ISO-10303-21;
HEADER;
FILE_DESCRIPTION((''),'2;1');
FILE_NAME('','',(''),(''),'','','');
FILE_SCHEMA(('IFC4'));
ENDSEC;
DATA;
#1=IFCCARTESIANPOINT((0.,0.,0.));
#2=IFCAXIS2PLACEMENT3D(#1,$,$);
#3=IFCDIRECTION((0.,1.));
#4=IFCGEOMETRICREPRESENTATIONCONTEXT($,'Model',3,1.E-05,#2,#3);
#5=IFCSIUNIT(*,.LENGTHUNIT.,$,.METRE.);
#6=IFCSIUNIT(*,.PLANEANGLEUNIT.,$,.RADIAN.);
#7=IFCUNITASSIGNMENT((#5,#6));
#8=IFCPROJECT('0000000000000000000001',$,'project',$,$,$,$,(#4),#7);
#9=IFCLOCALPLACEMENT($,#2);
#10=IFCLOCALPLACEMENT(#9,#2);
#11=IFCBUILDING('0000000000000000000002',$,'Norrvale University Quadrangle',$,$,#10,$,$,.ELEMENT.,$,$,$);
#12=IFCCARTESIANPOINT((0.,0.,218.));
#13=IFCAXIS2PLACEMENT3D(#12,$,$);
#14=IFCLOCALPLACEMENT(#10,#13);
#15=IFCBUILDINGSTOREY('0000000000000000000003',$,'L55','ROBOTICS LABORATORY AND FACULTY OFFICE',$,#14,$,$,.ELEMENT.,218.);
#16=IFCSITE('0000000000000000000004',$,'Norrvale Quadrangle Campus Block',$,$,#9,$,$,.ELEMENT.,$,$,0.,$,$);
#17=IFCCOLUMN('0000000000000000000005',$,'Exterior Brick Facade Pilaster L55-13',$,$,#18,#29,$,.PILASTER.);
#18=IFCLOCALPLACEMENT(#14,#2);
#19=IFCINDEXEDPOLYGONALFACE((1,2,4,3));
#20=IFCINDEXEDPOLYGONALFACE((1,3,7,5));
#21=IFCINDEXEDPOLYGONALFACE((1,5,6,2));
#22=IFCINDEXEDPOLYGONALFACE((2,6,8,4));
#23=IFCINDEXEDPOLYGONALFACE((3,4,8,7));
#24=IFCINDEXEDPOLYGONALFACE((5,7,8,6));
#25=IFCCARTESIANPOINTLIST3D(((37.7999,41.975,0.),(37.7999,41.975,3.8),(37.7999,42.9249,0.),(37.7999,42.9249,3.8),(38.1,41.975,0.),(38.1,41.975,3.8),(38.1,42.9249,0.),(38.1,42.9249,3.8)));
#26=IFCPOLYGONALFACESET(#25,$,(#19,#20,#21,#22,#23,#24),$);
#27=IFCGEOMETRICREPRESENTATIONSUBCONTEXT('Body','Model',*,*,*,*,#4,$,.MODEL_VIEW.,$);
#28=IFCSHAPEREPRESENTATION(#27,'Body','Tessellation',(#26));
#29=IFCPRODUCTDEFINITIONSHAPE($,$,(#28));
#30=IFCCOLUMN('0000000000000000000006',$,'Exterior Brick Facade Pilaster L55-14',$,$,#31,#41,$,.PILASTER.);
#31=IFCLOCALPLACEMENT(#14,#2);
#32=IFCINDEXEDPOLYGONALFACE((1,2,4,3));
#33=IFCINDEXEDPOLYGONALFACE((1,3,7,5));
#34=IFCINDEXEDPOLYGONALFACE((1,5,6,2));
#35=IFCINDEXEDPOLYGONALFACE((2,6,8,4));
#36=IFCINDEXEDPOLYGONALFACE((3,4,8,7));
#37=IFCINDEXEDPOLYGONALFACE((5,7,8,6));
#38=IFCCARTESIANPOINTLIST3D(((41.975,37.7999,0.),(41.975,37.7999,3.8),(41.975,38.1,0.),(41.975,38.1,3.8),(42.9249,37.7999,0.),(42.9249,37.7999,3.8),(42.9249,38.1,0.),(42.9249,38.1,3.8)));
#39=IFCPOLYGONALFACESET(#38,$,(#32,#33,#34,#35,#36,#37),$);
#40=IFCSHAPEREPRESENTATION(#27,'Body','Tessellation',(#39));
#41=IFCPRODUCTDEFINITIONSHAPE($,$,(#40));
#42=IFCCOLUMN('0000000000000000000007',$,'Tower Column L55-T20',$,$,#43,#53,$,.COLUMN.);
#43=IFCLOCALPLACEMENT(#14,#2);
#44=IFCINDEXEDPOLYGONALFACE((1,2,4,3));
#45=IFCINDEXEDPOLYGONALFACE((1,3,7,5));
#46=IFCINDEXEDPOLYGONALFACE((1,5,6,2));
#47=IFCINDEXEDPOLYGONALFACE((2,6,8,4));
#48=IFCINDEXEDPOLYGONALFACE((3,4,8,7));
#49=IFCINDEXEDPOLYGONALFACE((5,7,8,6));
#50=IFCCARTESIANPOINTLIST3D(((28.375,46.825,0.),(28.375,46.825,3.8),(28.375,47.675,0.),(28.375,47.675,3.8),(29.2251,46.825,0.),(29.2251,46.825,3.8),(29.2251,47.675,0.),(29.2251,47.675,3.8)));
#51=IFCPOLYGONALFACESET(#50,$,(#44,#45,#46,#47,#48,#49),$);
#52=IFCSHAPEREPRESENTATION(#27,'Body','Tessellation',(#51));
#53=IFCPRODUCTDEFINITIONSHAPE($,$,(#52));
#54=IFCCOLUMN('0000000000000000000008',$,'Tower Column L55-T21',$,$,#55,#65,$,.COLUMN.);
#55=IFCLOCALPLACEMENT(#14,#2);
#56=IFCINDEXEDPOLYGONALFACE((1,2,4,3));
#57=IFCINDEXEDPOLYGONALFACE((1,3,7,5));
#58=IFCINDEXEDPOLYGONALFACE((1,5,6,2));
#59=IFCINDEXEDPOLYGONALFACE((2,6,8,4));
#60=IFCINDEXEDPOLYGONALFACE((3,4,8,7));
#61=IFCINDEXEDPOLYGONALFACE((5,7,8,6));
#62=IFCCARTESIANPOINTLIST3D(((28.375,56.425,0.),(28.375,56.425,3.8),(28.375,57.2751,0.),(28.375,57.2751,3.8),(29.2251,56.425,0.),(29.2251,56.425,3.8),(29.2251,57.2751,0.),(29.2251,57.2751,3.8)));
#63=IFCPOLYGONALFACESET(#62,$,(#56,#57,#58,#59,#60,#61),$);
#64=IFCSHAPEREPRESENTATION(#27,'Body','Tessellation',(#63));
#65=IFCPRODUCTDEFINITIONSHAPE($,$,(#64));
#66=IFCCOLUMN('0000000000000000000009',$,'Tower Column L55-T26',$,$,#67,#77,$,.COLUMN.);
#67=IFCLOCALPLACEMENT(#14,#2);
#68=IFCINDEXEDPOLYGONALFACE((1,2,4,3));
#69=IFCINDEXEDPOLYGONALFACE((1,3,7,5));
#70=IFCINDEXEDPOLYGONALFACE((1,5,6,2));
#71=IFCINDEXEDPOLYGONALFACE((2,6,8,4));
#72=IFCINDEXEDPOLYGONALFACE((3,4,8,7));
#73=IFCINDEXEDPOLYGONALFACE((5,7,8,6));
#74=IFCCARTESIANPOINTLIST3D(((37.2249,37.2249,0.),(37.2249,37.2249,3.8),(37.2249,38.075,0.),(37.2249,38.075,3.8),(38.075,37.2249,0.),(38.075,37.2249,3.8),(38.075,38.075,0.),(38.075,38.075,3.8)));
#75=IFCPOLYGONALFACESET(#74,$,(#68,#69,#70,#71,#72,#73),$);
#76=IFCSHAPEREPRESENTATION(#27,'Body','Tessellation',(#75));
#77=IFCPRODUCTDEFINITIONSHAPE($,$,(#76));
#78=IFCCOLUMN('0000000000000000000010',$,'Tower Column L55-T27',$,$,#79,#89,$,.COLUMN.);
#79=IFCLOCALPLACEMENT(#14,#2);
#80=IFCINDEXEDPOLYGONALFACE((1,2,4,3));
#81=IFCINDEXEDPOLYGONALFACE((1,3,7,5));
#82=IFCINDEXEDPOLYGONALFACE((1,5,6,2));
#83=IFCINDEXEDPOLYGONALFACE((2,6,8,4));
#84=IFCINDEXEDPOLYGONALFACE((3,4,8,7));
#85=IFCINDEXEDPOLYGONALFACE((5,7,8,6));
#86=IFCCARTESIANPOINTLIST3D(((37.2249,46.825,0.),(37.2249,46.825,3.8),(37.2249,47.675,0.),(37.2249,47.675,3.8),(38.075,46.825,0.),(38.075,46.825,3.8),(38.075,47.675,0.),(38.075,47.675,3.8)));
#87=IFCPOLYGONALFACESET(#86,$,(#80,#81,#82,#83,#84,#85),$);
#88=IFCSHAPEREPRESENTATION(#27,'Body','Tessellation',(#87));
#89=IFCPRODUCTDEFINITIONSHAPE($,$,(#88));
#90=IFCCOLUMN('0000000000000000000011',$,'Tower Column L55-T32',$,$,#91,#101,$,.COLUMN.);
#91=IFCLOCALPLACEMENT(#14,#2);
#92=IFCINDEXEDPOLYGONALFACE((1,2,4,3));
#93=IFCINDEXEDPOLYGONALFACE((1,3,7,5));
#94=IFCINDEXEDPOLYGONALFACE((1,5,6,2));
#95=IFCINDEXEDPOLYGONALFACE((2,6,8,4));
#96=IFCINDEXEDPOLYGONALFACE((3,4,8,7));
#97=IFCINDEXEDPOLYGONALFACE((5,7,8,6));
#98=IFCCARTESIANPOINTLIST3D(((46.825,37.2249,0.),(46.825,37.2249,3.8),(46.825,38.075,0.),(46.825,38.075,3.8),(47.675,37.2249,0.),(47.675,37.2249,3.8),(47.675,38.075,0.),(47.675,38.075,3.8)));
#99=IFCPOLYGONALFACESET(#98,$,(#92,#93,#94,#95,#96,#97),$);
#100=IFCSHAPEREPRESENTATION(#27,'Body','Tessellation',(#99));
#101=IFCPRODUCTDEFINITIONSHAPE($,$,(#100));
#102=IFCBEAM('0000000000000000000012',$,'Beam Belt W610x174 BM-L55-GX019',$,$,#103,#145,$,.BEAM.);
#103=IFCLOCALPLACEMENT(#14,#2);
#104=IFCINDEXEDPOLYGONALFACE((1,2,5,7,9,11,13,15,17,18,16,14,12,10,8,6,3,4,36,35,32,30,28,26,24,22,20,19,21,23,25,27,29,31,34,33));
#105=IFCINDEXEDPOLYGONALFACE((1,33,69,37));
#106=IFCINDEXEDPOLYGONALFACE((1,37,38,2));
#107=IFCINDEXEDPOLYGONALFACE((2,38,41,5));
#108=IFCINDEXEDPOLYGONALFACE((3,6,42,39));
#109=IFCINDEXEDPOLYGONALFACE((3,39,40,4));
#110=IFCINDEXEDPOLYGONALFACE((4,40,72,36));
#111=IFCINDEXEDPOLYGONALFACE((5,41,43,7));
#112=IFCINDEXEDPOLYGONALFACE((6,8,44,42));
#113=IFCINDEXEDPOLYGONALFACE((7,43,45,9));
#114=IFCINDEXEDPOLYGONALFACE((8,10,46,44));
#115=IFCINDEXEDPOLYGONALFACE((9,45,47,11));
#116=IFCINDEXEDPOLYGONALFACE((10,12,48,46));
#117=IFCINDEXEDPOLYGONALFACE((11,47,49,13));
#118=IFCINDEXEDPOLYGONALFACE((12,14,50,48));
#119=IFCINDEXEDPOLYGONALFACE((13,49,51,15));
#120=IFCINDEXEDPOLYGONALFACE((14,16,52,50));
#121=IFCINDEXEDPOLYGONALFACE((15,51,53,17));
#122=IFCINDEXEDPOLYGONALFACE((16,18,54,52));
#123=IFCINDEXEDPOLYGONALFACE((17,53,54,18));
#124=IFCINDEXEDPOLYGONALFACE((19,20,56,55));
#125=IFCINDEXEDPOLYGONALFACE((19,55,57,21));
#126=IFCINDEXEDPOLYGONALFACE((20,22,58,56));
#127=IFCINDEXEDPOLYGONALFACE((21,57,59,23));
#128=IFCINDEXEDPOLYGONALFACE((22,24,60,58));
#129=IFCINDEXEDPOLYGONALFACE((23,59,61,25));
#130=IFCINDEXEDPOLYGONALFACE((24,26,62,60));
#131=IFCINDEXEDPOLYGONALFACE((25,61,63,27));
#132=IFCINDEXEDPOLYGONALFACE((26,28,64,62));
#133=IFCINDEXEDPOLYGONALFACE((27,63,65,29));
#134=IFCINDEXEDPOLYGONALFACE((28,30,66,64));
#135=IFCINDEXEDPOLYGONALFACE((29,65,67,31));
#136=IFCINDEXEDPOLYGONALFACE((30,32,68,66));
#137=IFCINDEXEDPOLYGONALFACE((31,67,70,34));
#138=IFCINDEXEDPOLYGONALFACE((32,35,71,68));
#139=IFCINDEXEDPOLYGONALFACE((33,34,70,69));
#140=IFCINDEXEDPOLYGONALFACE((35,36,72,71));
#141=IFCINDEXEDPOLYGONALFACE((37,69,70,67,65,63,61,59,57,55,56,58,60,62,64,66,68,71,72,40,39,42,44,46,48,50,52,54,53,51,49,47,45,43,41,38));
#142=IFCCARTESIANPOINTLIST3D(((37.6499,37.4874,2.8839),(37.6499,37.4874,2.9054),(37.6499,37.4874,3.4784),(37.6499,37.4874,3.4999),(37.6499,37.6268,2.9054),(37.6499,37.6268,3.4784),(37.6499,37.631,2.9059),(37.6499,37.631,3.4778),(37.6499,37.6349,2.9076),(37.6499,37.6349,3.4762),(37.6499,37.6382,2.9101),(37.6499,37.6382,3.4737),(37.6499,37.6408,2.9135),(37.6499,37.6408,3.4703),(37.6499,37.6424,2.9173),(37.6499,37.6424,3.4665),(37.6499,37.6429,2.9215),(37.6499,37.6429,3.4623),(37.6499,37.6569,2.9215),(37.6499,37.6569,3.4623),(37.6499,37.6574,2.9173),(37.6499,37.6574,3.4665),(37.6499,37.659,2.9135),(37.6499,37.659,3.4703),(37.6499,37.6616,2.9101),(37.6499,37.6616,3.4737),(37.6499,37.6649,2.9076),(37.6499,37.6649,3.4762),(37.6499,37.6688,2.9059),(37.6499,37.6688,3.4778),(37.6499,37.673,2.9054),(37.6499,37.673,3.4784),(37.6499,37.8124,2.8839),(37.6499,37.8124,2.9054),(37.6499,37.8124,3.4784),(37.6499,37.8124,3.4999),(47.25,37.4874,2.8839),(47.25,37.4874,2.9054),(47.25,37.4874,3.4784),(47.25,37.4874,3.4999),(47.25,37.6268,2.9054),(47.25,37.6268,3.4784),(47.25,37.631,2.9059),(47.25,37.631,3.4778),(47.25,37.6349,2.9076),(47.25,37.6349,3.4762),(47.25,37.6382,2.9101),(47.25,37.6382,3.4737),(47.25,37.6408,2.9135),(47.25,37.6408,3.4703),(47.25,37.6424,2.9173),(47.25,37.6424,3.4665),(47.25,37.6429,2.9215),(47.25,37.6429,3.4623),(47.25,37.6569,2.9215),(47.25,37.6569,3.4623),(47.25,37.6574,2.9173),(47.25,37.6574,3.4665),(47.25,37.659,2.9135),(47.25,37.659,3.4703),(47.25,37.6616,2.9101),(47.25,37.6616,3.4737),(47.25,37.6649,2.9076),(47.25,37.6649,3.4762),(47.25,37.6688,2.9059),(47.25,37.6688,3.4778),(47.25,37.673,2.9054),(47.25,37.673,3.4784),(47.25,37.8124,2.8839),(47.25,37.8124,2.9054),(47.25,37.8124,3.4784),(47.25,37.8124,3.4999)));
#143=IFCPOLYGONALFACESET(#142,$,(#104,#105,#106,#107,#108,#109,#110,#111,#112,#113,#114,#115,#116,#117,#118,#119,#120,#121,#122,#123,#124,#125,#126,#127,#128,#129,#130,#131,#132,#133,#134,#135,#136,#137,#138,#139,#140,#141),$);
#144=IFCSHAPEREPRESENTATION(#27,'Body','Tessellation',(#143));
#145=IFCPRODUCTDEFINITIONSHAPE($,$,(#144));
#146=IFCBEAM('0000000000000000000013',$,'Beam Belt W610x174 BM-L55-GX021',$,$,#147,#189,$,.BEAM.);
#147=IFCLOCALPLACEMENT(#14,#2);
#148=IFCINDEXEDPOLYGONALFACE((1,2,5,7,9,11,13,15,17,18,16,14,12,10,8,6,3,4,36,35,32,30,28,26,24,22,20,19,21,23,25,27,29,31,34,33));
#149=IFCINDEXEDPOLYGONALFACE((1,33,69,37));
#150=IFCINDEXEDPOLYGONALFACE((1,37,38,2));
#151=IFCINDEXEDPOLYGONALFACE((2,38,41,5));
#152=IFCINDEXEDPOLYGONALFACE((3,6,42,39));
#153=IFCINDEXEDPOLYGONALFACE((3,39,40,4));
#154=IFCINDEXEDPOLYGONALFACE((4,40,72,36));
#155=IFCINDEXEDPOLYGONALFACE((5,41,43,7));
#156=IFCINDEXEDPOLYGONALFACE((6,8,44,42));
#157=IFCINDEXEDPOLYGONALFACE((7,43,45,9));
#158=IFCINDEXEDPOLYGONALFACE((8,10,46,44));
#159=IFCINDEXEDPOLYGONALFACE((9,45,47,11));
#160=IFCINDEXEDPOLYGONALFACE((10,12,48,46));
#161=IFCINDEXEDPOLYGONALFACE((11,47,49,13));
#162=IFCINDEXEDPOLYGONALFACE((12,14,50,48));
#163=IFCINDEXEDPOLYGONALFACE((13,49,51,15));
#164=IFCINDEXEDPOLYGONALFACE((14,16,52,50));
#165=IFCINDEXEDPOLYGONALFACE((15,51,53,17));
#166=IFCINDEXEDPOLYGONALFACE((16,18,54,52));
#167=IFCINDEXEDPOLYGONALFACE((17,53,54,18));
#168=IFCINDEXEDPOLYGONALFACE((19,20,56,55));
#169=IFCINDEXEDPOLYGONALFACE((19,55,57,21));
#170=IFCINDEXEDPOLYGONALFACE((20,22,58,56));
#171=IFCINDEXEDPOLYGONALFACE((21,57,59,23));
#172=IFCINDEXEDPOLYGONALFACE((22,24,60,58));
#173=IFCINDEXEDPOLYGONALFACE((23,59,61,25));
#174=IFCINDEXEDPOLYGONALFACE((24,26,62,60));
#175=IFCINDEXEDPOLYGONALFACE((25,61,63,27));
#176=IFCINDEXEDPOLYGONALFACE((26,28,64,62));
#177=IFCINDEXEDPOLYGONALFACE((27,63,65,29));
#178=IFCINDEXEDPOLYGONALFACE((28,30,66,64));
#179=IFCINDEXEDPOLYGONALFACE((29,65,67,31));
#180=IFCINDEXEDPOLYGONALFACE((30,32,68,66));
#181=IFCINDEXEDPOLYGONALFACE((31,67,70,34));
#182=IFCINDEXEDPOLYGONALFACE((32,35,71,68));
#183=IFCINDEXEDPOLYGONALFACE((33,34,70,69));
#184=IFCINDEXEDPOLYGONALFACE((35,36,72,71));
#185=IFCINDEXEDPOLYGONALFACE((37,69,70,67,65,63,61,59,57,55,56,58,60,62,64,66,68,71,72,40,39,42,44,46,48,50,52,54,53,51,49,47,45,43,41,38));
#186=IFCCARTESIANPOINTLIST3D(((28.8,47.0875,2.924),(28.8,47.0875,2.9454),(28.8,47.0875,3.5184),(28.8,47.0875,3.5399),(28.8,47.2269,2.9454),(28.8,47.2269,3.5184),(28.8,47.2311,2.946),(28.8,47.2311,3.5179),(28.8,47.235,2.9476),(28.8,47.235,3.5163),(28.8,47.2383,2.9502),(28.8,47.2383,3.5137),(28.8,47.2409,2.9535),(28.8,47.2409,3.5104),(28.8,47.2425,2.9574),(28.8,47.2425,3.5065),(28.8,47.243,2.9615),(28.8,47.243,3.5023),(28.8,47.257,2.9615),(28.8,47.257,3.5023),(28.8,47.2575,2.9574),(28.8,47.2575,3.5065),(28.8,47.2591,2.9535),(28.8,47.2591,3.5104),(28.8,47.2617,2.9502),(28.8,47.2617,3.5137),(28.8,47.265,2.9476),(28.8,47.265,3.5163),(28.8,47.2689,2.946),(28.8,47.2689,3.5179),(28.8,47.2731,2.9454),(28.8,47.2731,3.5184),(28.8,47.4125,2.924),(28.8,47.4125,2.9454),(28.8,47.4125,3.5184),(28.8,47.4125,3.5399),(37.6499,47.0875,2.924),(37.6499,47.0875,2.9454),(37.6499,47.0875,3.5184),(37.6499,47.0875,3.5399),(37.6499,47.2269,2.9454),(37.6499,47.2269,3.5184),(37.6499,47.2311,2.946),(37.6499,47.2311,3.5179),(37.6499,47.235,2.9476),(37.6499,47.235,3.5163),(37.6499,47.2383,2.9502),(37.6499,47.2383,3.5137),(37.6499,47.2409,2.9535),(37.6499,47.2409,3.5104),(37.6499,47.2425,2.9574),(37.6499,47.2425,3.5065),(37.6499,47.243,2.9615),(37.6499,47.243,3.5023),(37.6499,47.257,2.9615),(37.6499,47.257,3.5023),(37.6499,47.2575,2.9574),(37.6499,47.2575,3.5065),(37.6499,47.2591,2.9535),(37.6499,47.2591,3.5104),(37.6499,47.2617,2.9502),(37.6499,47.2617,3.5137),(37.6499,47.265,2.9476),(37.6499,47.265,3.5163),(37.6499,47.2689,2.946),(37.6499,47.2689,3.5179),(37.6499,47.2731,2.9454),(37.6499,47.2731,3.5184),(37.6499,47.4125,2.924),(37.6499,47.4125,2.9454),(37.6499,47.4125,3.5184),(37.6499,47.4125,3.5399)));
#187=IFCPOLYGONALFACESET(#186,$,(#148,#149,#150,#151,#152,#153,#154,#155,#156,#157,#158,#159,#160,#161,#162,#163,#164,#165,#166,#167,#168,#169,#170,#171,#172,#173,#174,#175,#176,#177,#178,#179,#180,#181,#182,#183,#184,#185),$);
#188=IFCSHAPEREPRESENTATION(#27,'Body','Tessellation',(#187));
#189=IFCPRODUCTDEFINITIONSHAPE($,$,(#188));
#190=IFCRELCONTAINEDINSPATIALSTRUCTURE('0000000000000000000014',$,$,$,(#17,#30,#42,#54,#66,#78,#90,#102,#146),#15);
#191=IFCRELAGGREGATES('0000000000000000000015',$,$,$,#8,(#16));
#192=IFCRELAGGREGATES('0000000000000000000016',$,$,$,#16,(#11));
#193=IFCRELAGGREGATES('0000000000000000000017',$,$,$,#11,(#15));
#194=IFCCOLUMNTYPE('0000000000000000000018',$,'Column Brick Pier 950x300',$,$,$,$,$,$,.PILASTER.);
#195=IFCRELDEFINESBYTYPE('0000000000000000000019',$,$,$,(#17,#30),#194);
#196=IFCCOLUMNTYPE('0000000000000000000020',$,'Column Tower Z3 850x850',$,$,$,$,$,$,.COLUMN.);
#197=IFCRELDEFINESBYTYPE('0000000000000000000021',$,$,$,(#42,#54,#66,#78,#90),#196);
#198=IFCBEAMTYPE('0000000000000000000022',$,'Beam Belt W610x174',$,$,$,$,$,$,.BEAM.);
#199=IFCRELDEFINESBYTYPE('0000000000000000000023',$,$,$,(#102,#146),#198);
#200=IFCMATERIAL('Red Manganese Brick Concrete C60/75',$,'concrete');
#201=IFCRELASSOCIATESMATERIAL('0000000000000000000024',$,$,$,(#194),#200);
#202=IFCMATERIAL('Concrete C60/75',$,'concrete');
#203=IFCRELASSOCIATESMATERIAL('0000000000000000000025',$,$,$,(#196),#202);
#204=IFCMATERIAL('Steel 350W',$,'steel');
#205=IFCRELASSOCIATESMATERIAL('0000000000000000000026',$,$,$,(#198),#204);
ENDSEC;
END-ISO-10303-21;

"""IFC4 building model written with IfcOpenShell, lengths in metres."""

from ifc_helpers import new_model, si_unit, direction, frame, origin, origin_2d, place, context, subcontext, project, spatial, rectangle, i_section, extrude, material, material_profile, profile_set, type_object, element, save


model = new_model("IFC4")

# Units and contexts
model_context = context("Model", 3, precision=1e-05, world=origin(), true_north=direction((0.0, 1.0)))
body_context = subcontext(model_context, "Body", "Model", "MODEL_VIEW")
ifc_project = project(units=[si_unit("LENGTHUNIT", "METRE"), si_unit("PLANEANGLEUNIT", "RADIAN")], contexts=[model_context])

# Site, building, storey
site_placement = place(None, origin())
site = spatial("IfcSite", under=ifc_project, at=site_placement, Name="Norrvale Quadrangle Campus Block", CompositionType="ELEMENT", RefElevation=0.0)
building_placement = place(site_placement, origin())
building = spatial("IfcBuilding", under=site, at=building_placement, Name="Norrvale University Quadrangle", CompositionType="ELEMENT")
storey_placement = place(building_placement, frame((0.0, 0.0, 218.0)))
storey = spatial("IfcBuildingStorey", under=building, at=storey_placement, Name="L55", Description="ROBOTICS LABORATORY AND FACULTY OFFICE", CompositionType="ELEMENT", Elevation=218.0)

# Columns
ifc_material_1 = material(Name="Red Manganese Brick Concrete C60/75", Category="concrete")
ifc_material_profile_1 = material_profile(ifc_material_1, rectangle(XDim=0.95, YDim=0.3, at=origin_2d()), Name="Red Manganese Brick Concrete C60/75")
ifc_profile_set_1 = profile_set([ifc_material_profile_1], Name="Red Manganese Brick Concrete C60/75")
column_type_1 = type_object("IfcColumnType", Name="Column Brick Pier 950x300", PredefinedType="PILASTER", material=ifc_profile_set_1)
for number, where, z_axis, x_axis, name in (
    (1, (37.95, 42.45, 0.0), (0.0, 0.0, 1.0), (0.0, 1.0, 0.0), "Exterior Brick Facade Pilaster L55-13"),
    (2, (42.45, 37.95, 0.0), (0.0, 0.0, 1.0), (1.0, 0.0, 0.0), "Exterior Brick Facade Pilaster L55-14"),
):
    element("IfcColumn", number, at=place(storey_placement, frame(where, z_axis=z_axis, x_axis=x_axis)), inside=storey, type_object=column_type_1, Name=name, PredefinedType="PILASTER", context=body_context, shape_type="SweptSolid", body=[
        extrude(rectangle(XDim=0.95, YDim=0.3, at=origin_2d()), origin(), (0.0, 0.0, 1.0), 3.8),
    ])
ifc_material_2 = material(Name="Concrete C60/75", Category="concrete")
ifc_material_profile_2 = material_profile(ifc_material_2, rectangle(XDim=0.8501, YDim=0.8501, at=origin_2d()), Name="Concrete C60/75")
ifc_profile_set_2 = profile_set([ifc_material_profile_2], Name="Concrete C60/75")
column_type_2 = type_object("IfcColumnType", Name="Column Tower Z3 850x850", PredefinedType="COLUMN", material=ifc_profile_set_2)
for number, where, z_axis, x_axis, name in (
    (3, (28.8, 47.25, 0.0), (0.0, 0.0, 1.0), (1.0, 0.0, 0.0), "Tower Column L55-T20"),
    (4, (28.8, 56.8501, 0.0), (0.0, 0.0, 1.0), (1.0, 0.0, 0.0), "Tower Column L55-T21"),
    (5, (37.6499, 37.6499, 0.0), (0.0, 0.0, 1.0), (1.0, 0.0, 0.0), "Tower Column L55-T26"),
    (6, (37.6499, 47.25, 0.0), (0.0, 0.0, 1.0), (1.0, 0.0, 0.0), "Tower Column L55-T27"),
    (7, (47.25, 37.6499, 0.0), (0.0, 0.0, 1.0), (1.0, 0.0, 0.0), "Tower Column L55-T32"),
):
    element("IfcColumn", number, at=place(storey_placement, frame(where, z_axis=z_axis, x_axis=x_axis)), inside=storey, type_object=column_type_2, Name=name, PredefinedType="COLUMN", context=body_context, shape_type="SweptSolid", body=[
        extrude(rectangle(XDim=0.8501, YDim=0.8501, at=origin_2d()), origin(), (0.0, 0.0, 1.0), 3.8),
    ])

# Beams
ifc_material_3 = material(Name="Steel 350W", Category="steel")
ifc_material_profile_3 = material_profile(ifc_material_3, i_section(OverallWidth=0.325, OverallDepth=0.616, WebThickness=0.0139, FlangeThickness=0.0215, FilletRadius=0.0161, at=origin_2d()), Name="Steel 350W")
ifc_profile_set_3 = profile_set([ifc_material_profile_3], Name="Steel 350W")
beam_type_1 = type_object("IfcBeamType", Name="Beam Belt W610x174", PredefinedType="BEAM", material=ifc_profile_set_3)
beam_1_placement = place(storey_placement, frame((37.6499, 37.6499, 3.1919), z_axis=(1.0, 0.0, 0.0), x_axis=(0.0, 1.0, 0.0)))
element("IfcBeam", 8, at=beam_1_placement, inside=storey, type_object=beam_type_1, Name="Beam Belt W610x174 BM-L55-GX019", PredefinedType="BEAM", context=body_context, shape_type="SweptSolid", body=[
    extrude(i_section(OverallWidth=0.325, OverallDepth=0.616, WebThickness=0.0139, FlangeThickness=0.0215, FilletRadius=0.0161, at=origin_2d()), origin(), (0.0, 0.0, 1.0), 9.6001),
])
beam_2_placement = place(storey_placement, frame((28.8, 47.25, 3.2319), z_axis=(1.0, 0.0, 0.0), x_axis=(0.0, 1.0, 0.0)))
element("IfcBeam", 9, at=beam_2_placement, inside=storey, type_object=beam_type_1, Name="Beam Belt W610x174 BM-L55-GX021", PredefinedType="BEAM", context=body_context, shape_type="SweptSolid", body=[
    extrude(i_section(OverallWidth=0.325, OverallDepth=0.616, WebThickness=0.0139, FlangeThickness=0.0215, FilletRadius=0.0161, at=origin_2d()), origin(), (0.0, 0.0, 1.0), 8.8499),
])

save(model, "model.ifc")
